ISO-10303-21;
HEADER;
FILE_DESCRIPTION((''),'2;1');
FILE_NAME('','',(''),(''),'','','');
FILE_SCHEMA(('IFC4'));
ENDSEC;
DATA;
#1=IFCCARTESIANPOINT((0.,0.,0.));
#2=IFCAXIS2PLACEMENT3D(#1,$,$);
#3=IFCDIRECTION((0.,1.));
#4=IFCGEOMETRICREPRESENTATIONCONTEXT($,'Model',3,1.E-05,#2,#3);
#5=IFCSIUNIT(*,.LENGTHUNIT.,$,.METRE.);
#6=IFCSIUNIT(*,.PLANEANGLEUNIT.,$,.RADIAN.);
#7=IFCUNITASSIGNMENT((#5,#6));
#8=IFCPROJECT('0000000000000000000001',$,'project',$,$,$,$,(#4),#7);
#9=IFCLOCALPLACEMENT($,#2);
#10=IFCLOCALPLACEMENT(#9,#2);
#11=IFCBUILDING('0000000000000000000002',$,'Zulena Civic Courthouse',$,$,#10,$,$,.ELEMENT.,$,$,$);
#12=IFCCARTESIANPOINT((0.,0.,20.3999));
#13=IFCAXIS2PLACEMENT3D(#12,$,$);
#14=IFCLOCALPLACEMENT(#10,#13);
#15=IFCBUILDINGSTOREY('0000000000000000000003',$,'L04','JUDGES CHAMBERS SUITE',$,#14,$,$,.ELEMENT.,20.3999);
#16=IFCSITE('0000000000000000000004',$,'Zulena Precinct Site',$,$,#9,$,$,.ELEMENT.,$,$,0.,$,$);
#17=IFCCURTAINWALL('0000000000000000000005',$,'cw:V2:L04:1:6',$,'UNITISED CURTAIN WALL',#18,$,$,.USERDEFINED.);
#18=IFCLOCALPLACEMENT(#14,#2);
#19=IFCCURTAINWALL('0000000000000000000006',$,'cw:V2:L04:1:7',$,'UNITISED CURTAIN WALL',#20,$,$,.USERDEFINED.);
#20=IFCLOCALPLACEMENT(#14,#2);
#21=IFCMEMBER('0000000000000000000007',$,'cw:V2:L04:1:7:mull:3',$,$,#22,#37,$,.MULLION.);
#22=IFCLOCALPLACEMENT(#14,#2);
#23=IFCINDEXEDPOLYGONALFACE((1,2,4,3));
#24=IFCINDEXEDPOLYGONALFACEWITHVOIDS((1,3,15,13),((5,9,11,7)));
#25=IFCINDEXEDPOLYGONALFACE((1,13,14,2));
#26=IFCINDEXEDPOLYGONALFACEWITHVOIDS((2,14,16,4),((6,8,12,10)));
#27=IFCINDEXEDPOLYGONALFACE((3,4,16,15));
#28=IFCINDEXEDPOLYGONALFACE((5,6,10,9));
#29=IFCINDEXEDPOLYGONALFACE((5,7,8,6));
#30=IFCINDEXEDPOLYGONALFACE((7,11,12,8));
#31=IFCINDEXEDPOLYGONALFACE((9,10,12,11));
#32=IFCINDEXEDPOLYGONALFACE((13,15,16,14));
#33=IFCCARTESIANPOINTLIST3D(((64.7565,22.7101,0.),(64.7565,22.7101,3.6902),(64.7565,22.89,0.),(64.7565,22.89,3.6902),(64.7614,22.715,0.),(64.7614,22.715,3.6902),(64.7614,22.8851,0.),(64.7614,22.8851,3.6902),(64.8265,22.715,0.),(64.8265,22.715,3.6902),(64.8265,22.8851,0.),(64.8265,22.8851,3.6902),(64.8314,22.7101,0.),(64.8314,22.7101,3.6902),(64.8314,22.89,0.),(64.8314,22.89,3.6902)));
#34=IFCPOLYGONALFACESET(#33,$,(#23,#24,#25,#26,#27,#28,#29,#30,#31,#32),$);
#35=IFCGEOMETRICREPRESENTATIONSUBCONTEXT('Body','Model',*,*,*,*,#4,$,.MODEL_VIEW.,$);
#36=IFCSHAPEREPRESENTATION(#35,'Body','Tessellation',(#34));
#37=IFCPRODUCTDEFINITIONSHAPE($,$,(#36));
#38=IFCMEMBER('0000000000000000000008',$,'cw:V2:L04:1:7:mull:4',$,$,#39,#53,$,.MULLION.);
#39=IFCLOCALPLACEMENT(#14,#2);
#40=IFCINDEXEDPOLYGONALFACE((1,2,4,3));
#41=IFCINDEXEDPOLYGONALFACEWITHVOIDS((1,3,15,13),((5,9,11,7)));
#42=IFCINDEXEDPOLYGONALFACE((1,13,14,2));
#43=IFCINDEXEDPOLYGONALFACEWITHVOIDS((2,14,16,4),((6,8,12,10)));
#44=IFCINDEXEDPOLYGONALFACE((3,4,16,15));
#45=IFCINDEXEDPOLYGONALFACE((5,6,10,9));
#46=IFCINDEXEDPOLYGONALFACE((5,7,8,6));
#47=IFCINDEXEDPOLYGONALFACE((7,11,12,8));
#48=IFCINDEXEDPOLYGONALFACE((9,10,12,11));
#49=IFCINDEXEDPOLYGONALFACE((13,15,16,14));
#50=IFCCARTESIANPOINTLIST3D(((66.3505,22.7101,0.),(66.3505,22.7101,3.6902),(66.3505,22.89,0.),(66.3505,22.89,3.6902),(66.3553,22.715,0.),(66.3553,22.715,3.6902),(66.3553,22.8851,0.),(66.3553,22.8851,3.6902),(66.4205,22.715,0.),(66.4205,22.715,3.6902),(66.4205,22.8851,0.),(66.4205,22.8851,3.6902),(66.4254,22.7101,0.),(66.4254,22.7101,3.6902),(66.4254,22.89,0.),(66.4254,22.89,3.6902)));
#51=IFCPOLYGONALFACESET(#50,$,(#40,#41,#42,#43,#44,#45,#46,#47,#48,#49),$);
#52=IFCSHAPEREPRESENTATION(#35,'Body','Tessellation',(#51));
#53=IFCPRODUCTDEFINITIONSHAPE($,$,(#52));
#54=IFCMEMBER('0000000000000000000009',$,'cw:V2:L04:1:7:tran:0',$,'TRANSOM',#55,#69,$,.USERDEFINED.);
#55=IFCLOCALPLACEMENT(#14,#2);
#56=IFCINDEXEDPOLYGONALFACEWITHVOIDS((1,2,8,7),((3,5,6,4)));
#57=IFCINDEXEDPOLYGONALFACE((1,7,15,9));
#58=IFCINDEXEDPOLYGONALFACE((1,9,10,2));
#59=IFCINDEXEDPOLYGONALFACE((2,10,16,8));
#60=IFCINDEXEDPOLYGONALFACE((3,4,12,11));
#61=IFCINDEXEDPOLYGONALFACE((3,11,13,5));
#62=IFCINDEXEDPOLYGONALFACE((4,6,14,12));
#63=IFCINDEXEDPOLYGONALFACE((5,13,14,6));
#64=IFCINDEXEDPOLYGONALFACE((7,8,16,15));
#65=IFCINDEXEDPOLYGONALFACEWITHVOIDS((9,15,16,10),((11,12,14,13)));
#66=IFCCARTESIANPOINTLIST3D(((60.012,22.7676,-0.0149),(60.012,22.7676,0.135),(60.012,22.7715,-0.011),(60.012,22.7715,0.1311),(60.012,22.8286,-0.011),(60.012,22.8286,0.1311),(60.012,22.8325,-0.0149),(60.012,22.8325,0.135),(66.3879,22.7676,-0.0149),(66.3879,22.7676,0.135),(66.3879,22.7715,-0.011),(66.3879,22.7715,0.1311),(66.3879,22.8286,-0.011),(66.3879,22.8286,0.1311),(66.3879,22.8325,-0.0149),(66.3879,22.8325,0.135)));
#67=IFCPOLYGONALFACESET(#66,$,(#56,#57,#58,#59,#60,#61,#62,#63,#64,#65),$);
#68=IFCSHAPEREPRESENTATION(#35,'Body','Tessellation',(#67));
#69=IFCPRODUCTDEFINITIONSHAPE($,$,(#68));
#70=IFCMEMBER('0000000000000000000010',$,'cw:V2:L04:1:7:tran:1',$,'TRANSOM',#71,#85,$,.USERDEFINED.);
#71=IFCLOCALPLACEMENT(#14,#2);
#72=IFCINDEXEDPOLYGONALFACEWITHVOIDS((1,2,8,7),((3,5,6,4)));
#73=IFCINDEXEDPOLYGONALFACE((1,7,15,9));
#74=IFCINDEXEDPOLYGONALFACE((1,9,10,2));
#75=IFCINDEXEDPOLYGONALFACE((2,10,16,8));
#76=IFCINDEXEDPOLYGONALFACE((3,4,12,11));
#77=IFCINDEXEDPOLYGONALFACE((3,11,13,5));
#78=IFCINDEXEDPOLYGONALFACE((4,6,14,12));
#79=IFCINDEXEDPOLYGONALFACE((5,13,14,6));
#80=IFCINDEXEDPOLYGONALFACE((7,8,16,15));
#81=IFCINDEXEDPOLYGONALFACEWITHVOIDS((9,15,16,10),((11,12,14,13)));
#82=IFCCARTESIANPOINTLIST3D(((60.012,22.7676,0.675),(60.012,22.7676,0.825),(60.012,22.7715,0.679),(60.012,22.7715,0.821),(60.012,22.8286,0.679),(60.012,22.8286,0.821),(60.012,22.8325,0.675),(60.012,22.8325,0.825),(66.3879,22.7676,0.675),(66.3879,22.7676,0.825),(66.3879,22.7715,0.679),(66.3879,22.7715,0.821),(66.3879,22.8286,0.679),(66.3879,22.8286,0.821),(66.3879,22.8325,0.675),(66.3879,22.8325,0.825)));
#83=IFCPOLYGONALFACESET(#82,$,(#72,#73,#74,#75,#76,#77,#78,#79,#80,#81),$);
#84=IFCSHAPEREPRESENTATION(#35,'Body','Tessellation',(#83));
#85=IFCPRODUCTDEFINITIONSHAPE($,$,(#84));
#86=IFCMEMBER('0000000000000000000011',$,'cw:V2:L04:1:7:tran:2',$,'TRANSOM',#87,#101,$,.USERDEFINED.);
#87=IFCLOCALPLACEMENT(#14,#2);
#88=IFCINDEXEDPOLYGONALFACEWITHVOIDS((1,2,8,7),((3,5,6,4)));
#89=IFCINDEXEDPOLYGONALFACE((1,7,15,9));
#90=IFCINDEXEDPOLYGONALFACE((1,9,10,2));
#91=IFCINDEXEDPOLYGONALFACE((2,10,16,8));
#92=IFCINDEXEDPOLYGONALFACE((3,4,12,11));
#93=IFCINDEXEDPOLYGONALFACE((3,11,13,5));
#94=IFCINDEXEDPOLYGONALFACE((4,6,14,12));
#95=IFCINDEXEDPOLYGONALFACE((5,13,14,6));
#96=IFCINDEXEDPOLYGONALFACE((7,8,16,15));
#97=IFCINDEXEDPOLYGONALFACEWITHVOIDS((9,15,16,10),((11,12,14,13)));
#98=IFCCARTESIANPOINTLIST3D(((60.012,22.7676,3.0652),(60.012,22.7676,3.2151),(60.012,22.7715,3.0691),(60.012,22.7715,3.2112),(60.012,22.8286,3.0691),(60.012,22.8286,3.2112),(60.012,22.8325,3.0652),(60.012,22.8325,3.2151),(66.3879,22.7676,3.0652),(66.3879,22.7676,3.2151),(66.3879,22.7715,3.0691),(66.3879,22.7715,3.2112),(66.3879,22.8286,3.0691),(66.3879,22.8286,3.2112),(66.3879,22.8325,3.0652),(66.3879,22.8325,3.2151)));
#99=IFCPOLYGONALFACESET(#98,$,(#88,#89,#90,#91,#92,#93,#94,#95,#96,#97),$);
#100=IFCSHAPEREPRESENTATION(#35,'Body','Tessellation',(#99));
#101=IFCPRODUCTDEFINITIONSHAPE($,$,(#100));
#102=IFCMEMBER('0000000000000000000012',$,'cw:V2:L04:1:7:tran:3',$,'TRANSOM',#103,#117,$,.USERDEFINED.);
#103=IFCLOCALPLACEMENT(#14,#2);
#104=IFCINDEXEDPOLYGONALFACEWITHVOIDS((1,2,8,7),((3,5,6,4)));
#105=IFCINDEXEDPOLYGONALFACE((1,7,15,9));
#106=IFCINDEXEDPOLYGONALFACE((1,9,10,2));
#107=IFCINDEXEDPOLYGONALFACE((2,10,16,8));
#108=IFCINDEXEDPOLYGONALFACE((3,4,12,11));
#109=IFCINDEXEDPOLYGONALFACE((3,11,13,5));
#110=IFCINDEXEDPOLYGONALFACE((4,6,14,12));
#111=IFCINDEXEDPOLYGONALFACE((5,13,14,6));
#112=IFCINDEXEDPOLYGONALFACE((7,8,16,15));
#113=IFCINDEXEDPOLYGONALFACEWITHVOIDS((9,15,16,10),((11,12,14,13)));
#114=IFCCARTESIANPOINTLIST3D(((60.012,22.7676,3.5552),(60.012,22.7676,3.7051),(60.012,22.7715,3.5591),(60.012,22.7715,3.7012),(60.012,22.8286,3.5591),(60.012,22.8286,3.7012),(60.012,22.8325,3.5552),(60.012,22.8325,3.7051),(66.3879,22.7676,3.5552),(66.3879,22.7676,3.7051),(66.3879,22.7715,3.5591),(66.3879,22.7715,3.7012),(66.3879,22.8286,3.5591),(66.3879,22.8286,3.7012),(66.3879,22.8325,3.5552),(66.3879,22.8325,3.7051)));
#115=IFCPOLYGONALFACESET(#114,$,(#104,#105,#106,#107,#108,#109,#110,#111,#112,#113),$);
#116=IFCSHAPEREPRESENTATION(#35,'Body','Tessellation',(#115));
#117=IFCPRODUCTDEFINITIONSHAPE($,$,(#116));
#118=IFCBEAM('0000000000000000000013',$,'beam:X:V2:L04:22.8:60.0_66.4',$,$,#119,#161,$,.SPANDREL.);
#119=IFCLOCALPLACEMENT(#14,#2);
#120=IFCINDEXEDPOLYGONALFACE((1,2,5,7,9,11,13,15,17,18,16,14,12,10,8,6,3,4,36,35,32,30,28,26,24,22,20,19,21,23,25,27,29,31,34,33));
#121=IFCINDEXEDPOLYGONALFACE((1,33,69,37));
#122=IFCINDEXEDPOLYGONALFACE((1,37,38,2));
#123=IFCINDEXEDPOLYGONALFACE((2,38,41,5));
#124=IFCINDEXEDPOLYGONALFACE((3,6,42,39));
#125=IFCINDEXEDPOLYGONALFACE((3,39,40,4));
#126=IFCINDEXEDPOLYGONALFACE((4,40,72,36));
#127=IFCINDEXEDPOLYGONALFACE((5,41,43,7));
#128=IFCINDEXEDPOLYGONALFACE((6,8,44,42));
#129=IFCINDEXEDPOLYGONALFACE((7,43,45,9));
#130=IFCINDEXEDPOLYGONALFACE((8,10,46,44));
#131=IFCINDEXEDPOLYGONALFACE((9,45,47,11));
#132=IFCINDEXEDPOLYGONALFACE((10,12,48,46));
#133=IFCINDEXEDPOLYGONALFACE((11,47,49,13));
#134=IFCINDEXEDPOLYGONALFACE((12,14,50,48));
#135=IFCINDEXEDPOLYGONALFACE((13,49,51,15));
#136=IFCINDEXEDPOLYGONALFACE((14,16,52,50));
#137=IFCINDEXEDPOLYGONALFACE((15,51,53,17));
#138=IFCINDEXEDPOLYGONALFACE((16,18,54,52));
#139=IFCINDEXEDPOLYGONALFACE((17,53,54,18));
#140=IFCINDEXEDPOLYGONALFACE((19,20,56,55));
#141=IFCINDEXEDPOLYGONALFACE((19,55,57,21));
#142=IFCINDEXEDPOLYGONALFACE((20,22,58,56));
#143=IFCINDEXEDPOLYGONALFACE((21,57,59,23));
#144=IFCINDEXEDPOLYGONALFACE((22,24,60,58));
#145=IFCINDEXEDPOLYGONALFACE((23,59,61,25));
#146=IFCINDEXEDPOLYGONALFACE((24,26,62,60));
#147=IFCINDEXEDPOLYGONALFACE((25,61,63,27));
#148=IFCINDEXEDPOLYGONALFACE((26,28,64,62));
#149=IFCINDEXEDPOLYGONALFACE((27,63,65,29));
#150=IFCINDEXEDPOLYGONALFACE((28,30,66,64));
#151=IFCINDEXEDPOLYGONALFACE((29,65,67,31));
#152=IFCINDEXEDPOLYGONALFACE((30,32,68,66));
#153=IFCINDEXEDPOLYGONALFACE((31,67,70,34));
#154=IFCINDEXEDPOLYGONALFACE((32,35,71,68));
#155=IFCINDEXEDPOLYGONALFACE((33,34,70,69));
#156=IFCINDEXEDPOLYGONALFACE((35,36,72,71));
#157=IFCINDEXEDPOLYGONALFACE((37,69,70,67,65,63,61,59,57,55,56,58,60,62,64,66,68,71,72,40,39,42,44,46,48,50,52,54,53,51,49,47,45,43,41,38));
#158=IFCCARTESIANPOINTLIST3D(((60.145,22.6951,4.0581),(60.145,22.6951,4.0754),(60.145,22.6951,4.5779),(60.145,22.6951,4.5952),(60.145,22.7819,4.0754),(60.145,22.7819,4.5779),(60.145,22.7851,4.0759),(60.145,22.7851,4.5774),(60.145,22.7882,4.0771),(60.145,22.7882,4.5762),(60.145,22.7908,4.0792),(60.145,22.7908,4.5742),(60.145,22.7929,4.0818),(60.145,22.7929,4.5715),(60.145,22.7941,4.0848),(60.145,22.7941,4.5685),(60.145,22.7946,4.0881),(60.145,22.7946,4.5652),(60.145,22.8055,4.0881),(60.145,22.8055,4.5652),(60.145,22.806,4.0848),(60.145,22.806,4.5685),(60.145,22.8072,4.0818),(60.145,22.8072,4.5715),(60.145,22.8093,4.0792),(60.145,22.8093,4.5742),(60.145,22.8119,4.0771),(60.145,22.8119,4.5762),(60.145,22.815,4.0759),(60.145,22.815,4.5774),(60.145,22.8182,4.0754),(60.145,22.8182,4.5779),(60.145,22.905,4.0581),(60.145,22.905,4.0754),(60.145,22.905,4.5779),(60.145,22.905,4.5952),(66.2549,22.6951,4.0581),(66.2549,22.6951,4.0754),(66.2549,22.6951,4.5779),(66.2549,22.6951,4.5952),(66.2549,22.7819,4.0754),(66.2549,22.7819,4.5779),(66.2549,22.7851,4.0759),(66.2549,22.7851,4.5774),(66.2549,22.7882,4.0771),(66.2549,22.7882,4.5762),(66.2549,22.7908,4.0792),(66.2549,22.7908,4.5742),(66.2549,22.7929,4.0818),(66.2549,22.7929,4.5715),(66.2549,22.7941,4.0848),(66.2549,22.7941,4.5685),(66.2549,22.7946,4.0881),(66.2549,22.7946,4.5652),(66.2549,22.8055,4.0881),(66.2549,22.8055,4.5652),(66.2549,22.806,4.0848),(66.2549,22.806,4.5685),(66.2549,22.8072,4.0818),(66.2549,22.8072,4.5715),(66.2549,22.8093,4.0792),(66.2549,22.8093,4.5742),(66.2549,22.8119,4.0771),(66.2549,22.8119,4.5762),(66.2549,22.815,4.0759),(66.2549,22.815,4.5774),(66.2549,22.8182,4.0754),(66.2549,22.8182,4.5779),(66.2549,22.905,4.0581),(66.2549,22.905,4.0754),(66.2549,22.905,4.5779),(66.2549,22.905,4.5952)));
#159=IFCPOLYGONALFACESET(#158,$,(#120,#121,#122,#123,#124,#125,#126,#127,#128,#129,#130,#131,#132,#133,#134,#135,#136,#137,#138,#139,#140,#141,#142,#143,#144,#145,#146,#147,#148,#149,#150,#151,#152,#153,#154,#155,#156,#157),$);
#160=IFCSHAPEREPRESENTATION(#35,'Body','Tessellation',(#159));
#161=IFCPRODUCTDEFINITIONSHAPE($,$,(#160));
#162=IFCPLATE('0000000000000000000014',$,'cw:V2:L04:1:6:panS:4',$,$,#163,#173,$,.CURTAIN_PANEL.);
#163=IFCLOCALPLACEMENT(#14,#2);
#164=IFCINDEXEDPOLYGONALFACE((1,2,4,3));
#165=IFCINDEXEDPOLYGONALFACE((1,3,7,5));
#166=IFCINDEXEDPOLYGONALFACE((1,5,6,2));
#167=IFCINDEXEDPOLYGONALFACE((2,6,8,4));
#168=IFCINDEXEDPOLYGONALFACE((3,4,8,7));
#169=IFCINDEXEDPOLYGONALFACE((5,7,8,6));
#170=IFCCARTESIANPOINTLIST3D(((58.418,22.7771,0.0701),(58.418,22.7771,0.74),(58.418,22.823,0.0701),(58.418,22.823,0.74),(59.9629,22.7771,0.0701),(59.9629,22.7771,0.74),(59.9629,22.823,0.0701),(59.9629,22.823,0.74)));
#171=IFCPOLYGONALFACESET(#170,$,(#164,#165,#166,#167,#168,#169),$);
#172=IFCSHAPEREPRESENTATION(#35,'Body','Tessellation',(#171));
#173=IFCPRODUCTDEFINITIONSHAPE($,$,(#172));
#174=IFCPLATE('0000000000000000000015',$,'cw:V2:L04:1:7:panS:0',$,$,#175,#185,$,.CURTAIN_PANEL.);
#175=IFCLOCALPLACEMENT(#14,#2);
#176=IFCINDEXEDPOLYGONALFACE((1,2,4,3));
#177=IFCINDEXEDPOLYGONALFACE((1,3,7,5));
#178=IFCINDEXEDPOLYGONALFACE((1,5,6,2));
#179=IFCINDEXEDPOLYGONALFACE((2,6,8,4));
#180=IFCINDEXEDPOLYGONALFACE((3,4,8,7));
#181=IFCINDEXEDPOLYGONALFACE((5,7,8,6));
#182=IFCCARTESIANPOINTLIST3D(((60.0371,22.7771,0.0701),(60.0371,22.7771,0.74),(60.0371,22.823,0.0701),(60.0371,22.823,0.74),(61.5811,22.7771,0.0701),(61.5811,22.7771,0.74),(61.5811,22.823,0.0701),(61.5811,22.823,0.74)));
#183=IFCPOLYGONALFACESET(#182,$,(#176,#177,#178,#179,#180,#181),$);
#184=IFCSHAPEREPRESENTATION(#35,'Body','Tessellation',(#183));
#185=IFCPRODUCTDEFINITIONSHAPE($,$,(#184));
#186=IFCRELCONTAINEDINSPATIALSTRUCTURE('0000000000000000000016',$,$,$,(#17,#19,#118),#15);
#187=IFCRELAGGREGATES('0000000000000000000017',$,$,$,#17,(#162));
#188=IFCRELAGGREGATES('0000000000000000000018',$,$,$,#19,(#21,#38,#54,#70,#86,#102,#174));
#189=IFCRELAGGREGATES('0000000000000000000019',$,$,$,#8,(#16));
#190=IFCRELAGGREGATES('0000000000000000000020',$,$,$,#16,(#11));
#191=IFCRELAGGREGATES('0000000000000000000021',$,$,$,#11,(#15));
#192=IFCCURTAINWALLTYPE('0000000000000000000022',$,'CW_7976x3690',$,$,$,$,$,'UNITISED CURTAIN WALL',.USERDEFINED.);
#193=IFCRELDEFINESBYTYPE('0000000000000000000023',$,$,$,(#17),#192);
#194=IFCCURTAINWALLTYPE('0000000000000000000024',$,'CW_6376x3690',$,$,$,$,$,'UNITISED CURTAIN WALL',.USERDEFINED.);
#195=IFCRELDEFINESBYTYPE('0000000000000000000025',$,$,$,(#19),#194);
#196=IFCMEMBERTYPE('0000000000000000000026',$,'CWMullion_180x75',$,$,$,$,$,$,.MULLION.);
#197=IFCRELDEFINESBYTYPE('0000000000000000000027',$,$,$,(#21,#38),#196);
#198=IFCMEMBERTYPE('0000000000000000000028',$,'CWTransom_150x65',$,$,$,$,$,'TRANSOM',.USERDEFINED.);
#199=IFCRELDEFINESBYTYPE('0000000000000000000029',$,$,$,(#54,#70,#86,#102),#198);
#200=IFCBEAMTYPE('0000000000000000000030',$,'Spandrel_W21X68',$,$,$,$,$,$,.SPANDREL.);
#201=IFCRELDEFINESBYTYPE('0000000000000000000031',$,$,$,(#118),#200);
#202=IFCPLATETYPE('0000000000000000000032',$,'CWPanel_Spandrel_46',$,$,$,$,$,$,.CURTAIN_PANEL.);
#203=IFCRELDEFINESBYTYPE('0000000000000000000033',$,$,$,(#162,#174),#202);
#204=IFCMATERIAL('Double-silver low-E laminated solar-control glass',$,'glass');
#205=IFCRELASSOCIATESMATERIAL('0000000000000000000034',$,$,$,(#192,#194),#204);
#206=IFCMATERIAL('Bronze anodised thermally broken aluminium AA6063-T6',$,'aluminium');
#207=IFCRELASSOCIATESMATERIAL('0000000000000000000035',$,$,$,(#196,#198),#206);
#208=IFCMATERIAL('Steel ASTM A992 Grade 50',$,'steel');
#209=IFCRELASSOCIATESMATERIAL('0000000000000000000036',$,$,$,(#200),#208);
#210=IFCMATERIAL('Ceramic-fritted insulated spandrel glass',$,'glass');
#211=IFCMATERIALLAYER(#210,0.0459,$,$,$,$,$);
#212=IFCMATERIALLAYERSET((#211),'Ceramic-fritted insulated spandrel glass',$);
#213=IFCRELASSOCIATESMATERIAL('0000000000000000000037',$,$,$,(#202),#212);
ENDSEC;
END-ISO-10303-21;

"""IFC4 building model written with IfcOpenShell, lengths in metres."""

from ifc_helpers import new_model, si_unit, direction, frame, origin, origin_2d, place, context, subcontext, project, spatial, rectangle, hollow_rectangle, i_section, extrude, material, layer, layer_set, material_profile, profile_set, type_object, element, aggregate, save


model = new_model("IFC4")

# Units and contexts
model_context = context("Model", 3, precision=1e-05, world=origin(), true_north=direction((0.0, 1.0)))
body_context = subcontext(model_context, "Body", "Model", "MODEL_VIEW")
ifc_project = project(units=[si_unit("LENGTHUNIT", "METRE"), si_unit("PLANEANGLEUNIT", "RADIAN")], contexts=[model_context])

# Site, building, storey
site_placement = place(None, origin())
site = spatial("IfcSite", under=ifc_project, at=site_placement, Name="Zulena Precinct Site", CompositionType="ELEMENT", RefElevation=0.0)
building_placement = place(site_placement, origin())
building = spatial("IfcBuilding", under=site, at=building_placement, Name="Zulena Civic Courthouse", CompositionType="ELEMENT")
storey_placement = place(building_placement, frame((0.0, 0.0, 20.3999)))
storey = spatial("IfcBuildingStorey", under=building, at=storey_placement, Name="L04", Description="JUDGES CHAMBERS SUITE", CompositionType="ELEMENT", Elevation=20.3999)

# Shared definitions
ifc_material_1 = material(Name="Steel ASTM A992 Grade 50", Category="steel")

# Curtain walls, members
ifc_material_2 = material(Name="Double-silver low-E laminated solar-control glass", Category="glass")
curtain_wall_type_1 = type_object("IfcCurtainWallType", Name="CW_7976x3690", ElementType="UNITISED CURTAIN WALL", PredefinedType="USERDEFINED", material=ifc_material_2)
curtain_wall_1_placement = place(storey_placement, origin())
curtain_wall_1 = element("IfcCurtainWall", 1, at=curtain_wall_1_placement, inside=storey, type_object=curtain_wall_type_1, Name="cw:V2:L04:1:6", ObjectType="UNITISED CURTAIN WALL", PredefinedType="USERDEFINED")
ifc_material_3 = material(Name="Bronze anodised thermally broken aluminium AA6063-T6", Category="aluminium")
ifc_material_profile_1 = material_profile(ifc_material_3, hollow_rectangle(XDim=0.075, YDim=0.1799, WallThickness=0.0049, at=origin_2d()), Name="CWM180X75X5")
ifc_profile_set_1 = profile_set([ifc_material_profile_1], Name="Bronze anodised thermally broken aluminium AA6063-T6")
member_type_1 = type_object("IfcMemberType", Name="CWMullion_180x75", PredefinedType="MULLION", material=ifc_profile_set_1)
curtain_wall_type_2 = type_object("IfcCurtainWallType", Name="CW_6376x3690", ElementType="UNITISED CURTAIN WALL", PredefinedType="USERDEFINED", material=ifc_material_2)
curtain_wall_2_placement = place(storey_placement, origin())
curtain_wall_2 = element("IfcCurtainWall", 2, at=curtain_wall_2_placement, inside=storey, type_object=curtain_wall_type_2, Name="cw:V2:L04:1:7", ObjectType="UNITISED CURTAIN WALL", PredefinedType="USERDEFINED")
member_1_placement = place(storey_placement, frame((64.7939, 22.8, 0.0), z_axis=(0.0, 0.0, 1.0), x_axis=(1.0, 0.0, 0.0)))
member_1 = element("IfcMember", 3, at=member_1_placement, type_object=member_type_1, Name="cw:V2:L04:1:7:mull:3", PredefinedType="MULLION", context=body_context, shape_type="SweptSolid", body=[
    extrude(hollow_rectangle(XDim=0.075, YDim=0.1799, WallThickness=0.0049, at=origin_2d()), origin(), (0.0, 0.0, 1.0), 3.6902),
])
member_2_placement = place(storey_placement, frame((66.3879, 22.8, 0.0), z_axis=(0.0, 0.0, 1.0), x_axis=(1.0, 0.0, 0.0)))
member_2 = element("IfcMember", 4, at=member_2_placement, type_object=member_type_1, Name="cw:V2:L04:1:7:mull:4", PredefinedType="MULLION", context=body_context, shape_type="SweptSolid", body=[
    extrude(hollow_rectangle(XDim=0.075, YDim=0.1799, WallThickness=0.0049, at=origin_2d()), origin(), (0.0, 0.0, 1.0), 3.6902),
])
ifc_material_profile_2 = material_profile(ifc_material_3, hollow_rectangle(XDim=0.0649, YDim=0.1499, WallThickness=0.0039, at=origin_2d()), Name="CWT150X65X4")
ifc_profile_set_2 = profile_set([ifc_material_profile_2], Name="Bronze anodised thermally broken aluminium AA6063-T6")
member_type_2 = type_object("IfcMemberType", Name="CWTransom_150x65", ElementType="TRANSOM", PredefinedType="USERDEFINED", material=ifc_profile_set_2)
member_3_placement = place(storey_placement, frame((60.012, 22.8, 0.0601), z_axis=(1.0, 0.0, 0.0), x_axis=(0.0, 1.0, 0.0)))
member_3 = element("IfcMember", 5, at=member_3_placement, type_object=member_type_2, Name="cw:V2:L04:1:7:tran:0", ObjectType="TRANSOM", PredefinedType="USERDEFINED", context=body_context, shape_type="SweptSolid", body=[
    extrude(hollow_rectangle(XDim=0.0649, YDim=0.1499, WallThickness=0.0039, at=origin_2d()), origin(), (0.0, 0.0, 1.0), 6.376),
])
member_4_placement = place(storey_placement, frame((60.012, 22.8, 0.75), z_axis=(1.0, 0.0, 0.0), x_axis=(0.0, 1.0, 0.0)))
member_4 = element("IfcMember", 6, at=member_4_placement, type_object=member_type_2, Name="cw:V2:L04:1:7:tran:1", ObjectType="TRANSOM", PredefinedType="USERDEFINED", context=body_context, shape_type="SweptSolid", body=[
    extrude(hollow_rectangle(XDim=0.0649, YDim=0.1499, WallThickness=0.0039, at=origin_2d()), origin(), (0.0, 0.0, 1.0), 6.376),
])
member_5_placement = place(storey_placement, frame((60.012, 22.8, 3.1401), z_axis=(1.0, 0.0, 0.0), x_axis=(0.0, 1.0, 0.0)))
member_5 = element("IfcMember", 7, at=member_5_placement, type_object=member_type_2, Name="cw:V2:L04:1:7:tran:2", ObjectType="TRANSOM", PredefinedType="USERDEFINED", context=body_context, shape_type="SweptSolid", body=[
    extrude(hollow_rectangle(XDim=0.0649, YDim=0.1499, WallThickness=0.0039, at=origin_2d()), origin(), (0.0, 0.0, 1.0), 6.376),
])
member_6_placement = place(storey_placement, frame((60.012, 22.8, 3.6301), z_axis=(1.0, 0.0, 0.0), x_axis=(0.0, 1.0, 0.0)))
member_6 = element("IfcMember", 8, at=member_6_placement, type_object=member_type_2, Name="cw:V2:L04:1:7:tran:3", ObjectType="TRANSOM", PredefinedType="USERDEFINED", context=body_context, shape_type="SweptSolid", body=[
    extrude(hollow_rectangle(XDim=0.0649, YDim=0.1499, WallThickness=0.0039, at=origin_2d()), origin(), (0.0, 0.0, 1.0), 6.376),
])

# Beam
ifc_material_profile_3 = material_profile(ifc_material_1, i_section(OverallWidth=0.21, OverallDepth=0.5371, WebThickness=0.011, FlangeThickness=0.0173, FilletRadius=0.0127, at=origin_2d()), Name="W21X68")
ifc_profile_set_3 = profile_set([ifc_material_profile_3], Name="Steel ASTM A992 Grade 50")
beam_type = type_object("IfcBeamType", Name="Spandrel_W21X68", PredefinedType="SPANDREL", material=ifc_profile_set_3)
beam_placement = place(storey_placement, frame((60.145, 22.8, 4.3267), z_axis=(1.0, 0.0, 0.0), x_axis=(0.0, 1.0, 0.0)))
element("IfcBeam", 9, at=beam_placement, inside=storey, type_object=beam_type, Name="beam:X:V2:L04:22.8:60.0_66.4", PredefinedType="SPANDREL", context=body_context, shape_type="SweptSolid", body=[
    extrude(i_section(OverallWidth=0.21, OverallDepth=0.5371, WebThickness=0.011, FlangeThickness=0.0173, FilletRadius=0.0127, at=origin_2d()), origin(), (0.0, 0.0, 1.0), 6.1099),
])

# Plates
ifc_material_4 = material(Name="Ceramic-fritted insulated spandrel glass", Category="glass")
ifc_layer_1 = layer(ifc_material_4, 0.0459)
ifc_layer_set_1 = layer_set([ifc_layer_1], Name="Ceramic-fritted insulated spandrel glass")
plate_type_1 = type_object("IfcPlateType", Name="CWPanel_Spandrel_46", PredefinedType="CURTAIN_PANEL", material=ifc_layer_set_1)
plate_1_placement = place(storey_placement, frame((59.1904, 22.8, 0.0701), z_axis=(0.0, 0.0, 1.0), x_axis=(1.0, 0.0, 0.0)))
plate_1 = element("IfcPlate", 10, at=plate_1_placement, type_object=plate_type_1, Name="cw:V2:L04:1:6:panS:4", PredefinedType="CURTAIN_PANEL", context=body_context, shape_type="SweptSolid", body=[
    extrude(rectangle(XDim=1.5449, YDim=0.0459, at=origin_2d()), origin(), (0.0, 0.0, 1.0), 0.6699),
])
plate_2_placement = place(storey_placement, frame((60.8091, 22.8, 0.0701), z_axis=(0.0, 0.0, 1.0), x_axis=(1.0, 0.0, 0.0)))
plate_2 = element("IfcPlate", 11, at=plate_2_placement, type_object=plate_type_1, Name="cw:V2:L04:1:7:panS:0", PredefinedType="CURTAIN_PANEL", context=body_context, shape_type="SweptSolid", body=[
    extrude(rectangle(XDim=1.5439, YDim=0.0459, at=origin_2d()), origin(), (0.0, 0.0, 1.0), 0.6699),
])
aggregate(curtain_wall_1, [plate_1])
aggregate(curtain_wall_2, [member_1, member_2, member_3, member_4, member_5, member_6, plate_2])

save(model, "model.ifc")
